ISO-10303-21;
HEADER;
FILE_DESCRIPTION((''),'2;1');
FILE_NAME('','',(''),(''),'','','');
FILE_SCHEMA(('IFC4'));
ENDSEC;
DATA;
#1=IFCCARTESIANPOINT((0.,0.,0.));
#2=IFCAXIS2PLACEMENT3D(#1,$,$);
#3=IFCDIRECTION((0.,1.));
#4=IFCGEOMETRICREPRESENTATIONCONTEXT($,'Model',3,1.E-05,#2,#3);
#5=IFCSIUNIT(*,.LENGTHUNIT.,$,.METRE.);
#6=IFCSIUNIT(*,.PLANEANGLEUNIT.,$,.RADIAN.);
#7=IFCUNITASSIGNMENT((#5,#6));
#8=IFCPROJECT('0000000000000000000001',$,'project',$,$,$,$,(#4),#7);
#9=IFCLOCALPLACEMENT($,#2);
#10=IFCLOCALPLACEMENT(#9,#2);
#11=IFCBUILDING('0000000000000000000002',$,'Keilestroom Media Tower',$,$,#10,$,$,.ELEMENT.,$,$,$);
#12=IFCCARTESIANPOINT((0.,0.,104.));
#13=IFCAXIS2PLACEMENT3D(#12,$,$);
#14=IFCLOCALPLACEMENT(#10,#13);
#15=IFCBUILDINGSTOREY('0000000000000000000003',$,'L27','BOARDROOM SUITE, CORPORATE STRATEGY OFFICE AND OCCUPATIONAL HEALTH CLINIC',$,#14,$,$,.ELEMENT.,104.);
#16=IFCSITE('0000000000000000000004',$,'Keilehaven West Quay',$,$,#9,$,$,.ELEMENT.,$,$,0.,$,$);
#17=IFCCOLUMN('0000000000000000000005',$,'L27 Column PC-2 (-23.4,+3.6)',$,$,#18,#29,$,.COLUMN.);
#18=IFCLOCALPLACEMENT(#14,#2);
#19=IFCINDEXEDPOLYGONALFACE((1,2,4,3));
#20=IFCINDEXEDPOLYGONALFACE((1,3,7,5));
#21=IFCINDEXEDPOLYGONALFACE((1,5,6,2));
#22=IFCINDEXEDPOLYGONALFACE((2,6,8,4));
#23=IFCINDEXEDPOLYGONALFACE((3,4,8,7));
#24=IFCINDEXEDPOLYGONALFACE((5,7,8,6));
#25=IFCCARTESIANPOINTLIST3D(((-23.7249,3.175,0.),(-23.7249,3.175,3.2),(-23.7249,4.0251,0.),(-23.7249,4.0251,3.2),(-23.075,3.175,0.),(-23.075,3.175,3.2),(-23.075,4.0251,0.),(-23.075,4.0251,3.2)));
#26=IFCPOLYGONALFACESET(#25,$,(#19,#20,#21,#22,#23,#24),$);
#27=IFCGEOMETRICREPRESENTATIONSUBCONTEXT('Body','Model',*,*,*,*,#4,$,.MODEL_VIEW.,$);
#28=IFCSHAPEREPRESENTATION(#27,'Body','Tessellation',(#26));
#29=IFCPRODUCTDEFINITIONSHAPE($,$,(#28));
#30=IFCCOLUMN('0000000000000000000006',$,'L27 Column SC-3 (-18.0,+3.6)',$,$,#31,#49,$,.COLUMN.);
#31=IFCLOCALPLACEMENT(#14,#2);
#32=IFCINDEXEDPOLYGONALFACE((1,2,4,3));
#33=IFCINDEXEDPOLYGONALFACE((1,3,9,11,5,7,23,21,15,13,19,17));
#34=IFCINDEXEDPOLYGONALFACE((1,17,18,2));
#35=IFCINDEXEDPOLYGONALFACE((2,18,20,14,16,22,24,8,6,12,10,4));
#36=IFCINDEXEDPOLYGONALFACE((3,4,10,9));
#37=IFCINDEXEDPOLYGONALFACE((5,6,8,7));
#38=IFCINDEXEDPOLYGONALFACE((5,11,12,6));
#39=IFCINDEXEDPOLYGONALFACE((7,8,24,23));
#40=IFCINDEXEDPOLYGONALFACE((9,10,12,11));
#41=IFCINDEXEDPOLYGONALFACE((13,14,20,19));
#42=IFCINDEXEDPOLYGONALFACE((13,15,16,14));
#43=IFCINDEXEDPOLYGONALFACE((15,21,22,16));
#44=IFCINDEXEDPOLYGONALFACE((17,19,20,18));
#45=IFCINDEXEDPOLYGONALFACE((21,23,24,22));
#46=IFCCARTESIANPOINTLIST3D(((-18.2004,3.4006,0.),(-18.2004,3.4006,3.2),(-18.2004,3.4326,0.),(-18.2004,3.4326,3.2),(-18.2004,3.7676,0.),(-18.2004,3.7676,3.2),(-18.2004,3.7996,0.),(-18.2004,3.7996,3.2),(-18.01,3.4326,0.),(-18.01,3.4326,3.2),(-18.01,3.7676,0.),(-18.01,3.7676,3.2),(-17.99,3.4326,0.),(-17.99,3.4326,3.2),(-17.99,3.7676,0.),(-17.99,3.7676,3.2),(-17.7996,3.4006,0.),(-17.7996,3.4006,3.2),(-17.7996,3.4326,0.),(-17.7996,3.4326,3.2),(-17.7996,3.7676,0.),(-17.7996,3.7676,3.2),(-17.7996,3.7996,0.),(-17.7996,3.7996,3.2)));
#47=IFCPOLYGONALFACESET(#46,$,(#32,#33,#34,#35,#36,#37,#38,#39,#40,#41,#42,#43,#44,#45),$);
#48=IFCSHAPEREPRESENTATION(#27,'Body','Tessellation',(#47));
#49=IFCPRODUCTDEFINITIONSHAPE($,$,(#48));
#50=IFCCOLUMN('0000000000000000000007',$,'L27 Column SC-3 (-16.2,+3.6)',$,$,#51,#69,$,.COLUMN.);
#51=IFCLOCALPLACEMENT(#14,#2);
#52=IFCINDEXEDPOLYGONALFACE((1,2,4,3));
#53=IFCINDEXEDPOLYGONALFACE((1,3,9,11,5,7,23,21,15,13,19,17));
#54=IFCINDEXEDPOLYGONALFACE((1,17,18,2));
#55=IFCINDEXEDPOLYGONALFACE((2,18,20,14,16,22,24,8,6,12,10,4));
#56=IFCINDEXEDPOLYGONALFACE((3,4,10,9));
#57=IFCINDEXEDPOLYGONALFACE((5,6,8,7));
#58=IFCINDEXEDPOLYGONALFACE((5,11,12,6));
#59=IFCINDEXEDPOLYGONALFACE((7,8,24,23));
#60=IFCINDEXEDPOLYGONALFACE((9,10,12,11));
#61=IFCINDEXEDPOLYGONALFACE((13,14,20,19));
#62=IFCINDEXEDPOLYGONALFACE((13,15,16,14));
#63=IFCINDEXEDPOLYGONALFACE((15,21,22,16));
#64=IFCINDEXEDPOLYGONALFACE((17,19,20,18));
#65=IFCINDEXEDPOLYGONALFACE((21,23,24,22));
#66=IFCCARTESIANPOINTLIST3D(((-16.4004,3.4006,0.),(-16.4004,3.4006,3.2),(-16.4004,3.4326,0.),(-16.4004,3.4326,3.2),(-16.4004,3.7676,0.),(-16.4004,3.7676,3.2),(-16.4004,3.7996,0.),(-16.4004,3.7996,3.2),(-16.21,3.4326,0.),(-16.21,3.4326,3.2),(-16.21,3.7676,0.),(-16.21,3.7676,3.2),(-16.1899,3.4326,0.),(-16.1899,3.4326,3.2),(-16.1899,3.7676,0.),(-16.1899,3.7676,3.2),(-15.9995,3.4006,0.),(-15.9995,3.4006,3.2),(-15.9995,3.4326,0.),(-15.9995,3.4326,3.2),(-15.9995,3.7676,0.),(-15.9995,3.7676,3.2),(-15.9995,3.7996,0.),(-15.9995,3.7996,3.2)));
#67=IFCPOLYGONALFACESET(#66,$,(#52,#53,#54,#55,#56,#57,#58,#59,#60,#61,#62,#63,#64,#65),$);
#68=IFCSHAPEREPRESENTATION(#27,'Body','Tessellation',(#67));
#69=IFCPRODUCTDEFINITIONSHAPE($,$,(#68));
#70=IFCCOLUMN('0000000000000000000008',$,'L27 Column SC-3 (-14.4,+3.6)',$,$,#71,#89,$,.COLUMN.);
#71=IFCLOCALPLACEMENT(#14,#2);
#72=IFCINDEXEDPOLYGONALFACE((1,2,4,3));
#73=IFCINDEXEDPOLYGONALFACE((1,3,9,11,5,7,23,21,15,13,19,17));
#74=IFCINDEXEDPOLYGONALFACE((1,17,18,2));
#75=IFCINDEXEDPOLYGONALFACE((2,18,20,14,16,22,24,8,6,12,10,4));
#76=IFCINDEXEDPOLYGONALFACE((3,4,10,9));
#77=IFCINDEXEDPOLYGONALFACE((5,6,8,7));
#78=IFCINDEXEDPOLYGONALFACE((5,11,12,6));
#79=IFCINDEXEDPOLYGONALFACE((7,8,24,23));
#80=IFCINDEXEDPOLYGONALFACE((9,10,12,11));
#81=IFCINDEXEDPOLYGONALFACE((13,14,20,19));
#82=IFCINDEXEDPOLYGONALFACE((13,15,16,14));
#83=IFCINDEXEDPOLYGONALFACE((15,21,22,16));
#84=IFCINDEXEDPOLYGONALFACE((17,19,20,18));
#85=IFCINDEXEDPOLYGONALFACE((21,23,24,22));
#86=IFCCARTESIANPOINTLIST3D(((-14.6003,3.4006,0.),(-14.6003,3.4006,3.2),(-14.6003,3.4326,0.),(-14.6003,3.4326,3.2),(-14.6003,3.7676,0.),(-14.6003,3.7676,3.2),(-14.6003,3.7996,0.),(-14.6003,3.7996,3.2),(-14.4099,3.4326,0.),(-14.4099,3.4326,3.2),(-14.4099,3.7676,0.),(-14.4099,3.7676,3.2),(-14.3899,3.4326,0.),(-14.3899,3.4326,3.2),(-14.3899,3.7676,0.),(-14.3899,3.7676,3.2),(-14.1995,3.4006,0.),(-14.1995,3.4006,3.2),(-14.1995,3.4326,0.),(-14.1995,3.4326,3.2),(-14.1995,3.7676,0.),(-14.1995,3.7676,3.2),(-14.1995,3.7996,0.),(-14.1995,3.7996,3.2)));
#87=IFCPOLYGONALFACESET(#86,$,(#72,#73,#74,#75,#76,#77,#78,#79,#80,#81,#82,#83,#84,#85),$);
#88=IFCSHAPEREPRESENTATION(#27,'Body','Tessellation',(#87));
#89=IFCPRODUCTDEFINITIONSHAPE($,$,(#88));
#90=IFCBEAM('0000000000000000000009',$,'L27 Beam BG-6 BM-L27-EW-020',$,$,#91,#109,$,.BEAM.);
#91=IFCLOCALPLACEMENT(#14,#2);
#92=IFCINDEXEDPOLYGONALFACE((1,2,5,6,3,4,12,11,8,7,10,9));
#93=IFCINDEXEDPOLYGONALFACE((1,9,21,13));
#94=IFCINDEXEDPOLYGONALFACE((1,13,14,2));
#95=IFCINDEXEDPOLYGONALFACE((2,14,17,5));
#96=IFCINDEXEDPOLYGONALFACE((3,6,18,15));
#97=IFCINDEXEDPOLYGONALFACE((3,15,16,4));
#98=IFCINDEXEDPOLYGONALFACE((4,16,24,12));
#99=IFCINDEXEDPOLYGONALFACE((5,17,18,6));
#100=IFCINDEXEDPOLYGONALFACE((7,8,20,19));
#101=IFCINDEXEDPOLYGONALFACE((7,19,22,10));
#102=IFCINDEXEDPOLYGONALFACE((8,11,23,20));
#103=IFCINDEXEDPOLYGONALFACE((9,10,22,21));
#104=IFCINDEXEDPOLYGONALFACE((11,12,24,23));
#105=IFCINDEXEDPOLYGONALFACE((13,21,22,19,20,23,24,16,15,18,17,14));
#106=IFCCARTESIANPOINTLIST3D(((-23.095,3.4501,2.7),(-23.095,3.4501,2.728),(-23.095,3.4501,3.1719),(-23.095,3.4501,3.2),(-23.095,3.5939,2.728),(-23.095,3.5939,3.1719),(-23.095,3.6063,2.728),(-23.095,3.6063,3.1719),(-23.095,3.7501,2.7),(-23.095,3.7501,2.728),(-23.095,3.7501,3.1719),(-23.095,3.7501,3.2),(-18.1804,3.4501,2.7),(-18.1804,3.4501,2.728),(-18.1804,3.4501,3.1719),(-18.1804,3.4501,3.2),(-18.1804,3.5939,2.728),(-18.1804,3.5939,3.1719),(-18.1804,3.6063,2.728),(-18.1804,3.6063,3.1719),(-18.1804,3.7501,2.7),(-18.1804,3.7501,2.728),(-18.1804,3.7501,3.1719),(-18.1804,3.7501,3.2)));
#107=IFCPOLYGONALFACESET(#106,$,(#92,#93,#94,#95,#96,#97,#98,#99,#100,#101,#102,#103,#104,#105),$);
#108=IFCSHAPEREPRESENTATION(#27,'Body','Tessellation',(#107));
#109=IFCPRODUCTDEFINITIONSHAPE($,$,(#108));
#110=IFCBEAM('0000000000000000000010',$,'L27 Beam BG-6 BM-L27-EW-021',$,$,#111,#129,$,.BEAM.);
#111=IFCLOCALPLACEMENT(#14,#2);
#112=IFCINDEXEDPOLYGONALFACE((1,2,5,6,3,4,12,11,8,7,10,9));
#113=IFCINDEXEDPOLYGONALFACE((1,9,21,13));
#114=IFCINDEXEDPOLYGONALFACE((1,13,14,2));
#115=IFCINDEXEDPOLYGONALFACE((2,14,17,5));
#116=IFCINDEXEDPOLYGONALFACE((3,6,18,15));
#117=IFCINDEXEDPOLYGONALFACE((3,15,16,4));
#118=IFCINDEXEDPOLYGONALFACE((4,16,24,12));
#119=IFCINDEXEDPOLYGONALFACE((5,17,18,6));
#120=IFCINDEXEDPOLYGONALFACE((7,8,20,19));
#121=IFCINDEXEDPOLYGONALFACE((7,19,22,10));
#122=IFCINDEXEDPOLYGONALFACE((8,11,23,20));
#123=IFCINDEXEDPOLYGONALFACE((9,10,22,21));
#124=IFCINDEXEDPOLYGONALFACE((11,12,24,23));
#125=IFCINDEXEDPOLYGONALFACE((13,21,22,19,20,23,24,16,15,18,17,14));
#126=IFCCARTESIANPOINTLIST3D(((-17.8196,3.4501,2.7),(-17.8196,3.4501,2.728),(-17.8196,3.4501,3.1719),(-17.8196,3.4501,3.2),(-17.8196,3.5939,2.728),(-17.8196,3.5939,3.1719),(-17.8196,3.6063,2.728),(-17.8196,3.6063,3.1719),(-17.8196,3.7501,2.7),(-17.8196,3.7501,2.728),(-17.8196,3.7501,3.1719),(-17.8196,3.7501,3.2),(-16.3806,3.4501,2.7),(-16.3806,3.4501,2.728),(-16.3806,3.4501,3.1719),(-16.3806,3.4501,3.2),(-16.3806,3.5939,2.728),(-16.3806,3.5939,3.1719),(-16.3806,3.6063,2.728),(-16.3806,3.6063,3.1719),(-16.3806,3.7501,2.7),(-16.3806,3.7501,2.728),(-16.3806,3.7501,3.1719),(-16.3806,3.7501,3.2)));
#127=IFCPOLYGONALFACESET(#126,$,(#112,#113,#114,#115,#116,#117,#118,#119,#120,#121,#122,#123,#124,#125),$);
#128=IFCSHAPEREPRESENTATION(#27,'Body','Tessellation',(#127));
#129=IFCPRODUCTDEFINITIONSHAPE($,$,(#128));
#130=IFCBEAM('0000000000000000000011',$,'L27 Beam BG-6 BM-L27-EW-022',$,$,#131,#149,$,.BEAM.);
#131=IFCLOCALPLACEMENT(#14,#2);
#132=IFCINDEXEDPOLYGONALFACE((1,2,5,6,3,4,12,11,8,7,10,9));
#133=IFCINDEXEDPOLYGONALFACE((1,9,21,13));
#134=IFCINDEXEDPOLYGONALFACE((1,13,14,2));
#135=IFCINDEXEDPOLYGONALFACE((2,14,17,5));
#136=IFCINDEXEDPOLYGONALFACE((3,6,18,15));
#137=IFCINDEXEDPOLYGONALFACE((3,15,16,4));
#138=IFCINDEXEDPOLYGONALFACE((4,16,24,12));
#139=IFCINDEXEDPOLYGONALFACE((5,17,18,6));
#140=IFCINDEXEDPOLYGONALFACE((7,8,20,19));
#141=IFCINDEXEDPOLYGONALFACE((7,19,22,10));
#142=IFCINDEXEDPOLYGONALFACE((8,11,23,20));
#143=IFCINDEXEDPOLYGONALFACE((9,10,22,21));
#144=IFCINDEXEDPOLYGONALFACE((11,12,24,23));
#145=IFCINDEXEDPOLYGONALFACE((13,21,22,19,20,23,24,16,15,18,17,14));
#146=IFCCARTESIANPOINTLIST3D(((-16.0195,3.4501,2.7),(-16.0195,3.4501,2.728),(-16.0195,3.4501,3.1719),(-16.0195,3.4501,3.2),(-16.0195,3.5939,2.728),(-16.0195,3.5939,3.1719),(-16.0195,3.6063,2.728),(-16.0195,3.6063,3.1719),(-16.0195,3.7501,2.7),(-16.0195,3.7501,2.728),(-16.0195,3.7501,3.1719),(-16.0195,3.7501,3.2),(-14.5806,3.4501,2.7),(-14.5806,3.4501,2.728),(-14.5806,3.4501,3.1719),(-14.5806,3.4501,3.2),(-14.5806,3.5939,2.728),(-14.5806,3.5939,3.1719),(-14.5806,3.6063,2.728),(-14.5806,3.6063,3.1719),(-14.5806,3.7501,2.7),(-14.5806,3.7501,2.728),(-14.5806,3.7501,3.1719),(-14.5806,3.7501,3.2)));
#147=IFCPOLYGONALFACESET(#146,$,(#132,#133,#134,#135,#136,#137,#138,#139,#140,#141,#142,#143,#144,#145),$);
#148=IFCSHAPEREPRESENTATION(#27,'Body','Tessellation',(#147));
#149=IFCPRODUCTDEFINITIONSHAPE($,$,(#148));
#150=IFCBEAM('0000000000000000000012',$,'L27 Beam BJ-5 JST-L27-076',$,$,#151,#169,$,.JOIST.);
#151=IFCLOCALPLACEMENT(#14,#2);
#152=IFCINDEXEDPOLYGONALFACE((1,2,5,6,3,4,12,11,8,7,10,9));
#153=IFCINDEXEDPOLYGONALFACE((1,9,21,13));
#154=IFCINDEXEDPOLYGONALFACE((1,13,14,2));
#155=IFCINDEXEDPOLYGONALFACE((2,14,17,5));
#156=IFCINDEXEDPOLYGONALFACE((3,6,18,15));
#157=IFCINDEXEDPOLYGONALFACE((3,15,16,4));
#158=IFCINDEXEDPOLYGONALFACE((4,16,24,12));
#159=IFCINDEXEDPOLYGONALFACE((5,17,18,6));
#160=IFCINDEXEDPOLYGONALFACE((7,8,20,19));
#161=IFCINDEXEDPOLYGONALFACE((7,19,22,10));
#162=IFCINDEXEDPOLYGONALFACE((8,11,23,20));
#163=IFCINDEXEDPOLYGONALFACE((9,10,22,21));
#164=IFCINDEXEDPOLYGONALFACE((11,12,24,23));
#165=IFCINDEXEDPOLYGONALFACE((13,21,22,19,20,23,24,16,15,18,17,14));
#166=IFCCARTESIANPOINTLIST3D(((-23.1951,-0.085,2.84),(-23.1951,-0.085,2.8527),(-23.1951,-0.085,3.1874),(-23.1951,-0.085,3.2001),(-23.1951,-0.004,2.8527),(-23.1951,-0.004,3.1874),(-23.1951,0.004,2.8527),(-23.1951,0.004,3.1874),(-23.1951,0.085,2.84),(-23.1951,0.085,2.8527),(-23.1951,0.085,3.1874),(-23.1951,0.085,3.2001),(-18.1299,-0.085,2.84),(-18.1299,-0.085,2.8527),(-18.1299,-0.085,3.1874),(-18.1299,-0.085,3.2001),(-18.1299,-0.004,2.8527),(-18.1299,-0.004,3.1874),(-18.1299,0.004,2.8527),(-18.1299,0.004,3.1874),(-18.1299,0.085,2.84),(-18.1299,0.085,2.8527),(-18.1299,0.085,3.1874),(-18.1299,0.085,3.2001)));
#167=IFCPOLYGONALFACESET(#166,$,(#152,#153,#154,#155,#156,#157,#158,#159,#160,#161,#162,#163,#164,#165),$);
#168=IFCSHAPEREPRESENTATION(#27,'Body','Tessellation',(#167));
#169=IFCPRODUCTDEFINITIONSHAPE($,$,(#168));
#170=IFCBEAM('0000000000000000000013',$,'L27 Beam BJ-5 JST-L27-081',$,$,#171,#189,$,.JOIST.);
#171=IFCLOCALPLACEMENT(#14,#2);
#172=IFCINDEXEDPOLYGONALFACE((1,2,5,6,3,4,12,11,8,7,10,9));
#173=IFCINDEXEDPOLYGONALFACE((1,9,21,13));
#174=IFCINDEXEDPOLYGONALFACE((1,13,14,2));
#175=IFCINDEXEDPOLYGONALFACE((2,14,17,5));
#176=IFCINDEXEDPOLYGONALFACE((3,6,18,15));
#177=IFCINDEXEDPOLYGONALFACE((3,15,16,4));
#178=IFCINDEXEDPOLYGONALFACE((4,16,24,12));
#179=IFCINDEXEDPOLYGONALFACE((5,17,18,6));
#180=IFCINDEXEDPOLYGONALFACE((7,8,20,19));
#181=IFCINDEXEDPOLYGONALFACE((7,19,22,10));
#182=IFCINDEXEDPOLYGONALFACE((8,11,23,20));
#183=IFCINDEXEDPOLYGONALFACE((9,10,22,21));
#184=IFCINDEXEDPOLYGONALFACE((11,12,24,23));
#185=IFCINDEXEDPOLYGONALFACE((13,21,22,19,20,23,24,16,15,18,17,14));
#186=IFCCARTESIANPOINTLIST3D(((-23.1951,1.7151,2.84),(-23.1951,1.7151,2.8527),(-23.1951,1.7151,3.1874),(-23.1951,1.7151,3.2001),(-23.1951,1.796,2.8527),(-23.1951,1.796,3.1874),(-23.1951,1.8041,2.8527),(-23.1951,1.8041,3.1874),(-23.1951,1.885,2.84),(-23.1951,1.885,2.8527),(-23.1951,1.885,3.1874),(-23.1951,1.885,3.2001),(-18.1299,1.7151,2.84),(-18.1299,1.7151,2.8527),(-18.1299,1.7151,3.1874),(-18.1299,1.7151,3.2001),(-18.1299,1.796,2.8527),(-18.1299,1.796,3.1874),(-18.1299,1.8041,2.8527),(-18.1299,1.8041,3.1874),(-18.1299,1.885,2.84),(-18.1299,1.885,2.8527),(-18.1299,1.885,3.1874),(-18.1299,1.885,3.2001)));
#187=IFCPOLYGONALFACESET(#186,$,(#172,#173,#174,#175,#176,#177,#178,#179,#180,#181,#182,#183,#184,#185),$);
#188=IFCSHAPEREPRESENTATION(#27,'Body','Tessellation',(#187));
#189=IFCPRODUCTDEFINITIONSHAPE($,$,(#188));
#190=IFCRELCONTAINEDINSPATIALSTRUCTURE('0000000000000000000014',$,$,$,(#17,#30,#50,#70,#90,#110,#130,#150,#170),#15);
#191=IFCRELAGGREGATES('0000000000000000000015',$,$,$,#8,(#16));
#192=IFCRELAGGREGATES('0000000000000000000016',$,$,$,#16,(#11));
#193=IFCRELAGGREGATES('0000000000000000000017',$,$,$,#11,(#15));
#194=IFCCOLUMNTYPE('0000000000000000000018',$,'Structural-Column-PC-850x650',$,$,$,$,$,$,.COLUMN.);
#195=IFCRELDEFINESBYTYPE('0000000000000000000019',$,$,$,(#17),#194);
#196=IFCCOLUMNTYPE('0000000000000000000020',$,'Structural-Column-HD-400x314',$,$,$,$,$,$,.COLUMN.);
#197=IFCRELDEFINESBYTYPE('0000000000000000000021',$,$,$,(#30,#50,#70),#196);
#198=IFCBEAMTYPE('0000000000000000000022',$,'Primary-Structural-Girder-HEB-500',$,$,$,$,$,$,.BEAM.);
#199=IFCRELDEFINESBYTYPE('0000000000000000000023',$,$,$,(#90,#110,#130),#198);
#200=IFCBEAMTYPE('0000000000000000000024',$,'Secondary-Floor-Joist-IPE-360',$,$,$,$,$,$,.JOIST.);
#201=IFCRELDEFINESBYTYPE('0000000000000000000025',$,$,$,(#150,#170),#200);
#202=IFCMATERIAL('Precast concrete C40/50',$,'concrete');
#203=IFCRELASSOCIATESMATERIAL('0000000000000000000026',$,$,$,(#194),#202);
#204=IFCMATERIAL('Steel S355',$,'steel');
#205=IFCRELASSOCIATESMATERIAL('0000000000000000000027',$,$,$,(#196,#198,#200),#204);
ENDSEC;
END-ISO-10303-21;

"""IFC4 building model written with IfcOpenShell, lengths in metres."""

from ifc_helpers import new_model, si_unit, direction, frame, origin, origin_2d, place, context, subcontext, project, spatial, rectangle, i_section, extrude, source, transform, mapped, material, material_profile, profile_set, type_object, element, save


model = new_model("IFC4")

# Units and contexts
model_context = context("Model", 3, precision=1e-05, world=origin(), true_north=direction((0.0, 1.0)))
body_context = subcontext(model_context, "Body", "Model", "MODEL_VIEW")
ifc_project = project(units=[si_unit("LENGTHUNIT", "METRE"), si_unit("PLANEANGLEUNIT", "RADIAN")], contexts=[model_context])

# Site, building, storey
site_placement = place(None, origin())
site = spatial("IfcSite", under=ifc_project, at=site_placement, Name="Keilehaven West Quay", CompositionType="ELEMENT", RefElevation=0.0)
building_placement = place(site_placement, origin())
building = spatial("IfcBuilding", under=site, at=building_placement, Name="Keilestroom Media Tower", CompositionType="ELEMENT")
storey_placement = place(building_placement, frame((0.0, 0.0, 104.0)))
storey = spatial("IfcBuildingStorey", under=building, at=storey_placement, Name="L27", Description="BOARDROOM SUITE, CORPORATE STRATEGY OFFICE AND OCCUPATIONAL HEALTH CLINIC", CompositionType="ELEMENT", Elevation=104.0)

# Columns
ifc_material_1 = material(Name="Precast concrete C40/50", Category="concrete")
ifc_material_profile_1 = material_profile(ifc_material_1, rectangle(XDim=0.6499, YDim=0.8501, at=origin_2d()), Name="PC 850x650")
ifc_profile_set_1 = profile_set([ifc_material_profile_1], Name="Precast concrete C40/50")
column_type_1 = type_object("IfcColumnType", Name="Structural-Column-PC-850x650", PredefinedType="COLUMN", material=ifc_profile_set_1)
shared_shape_1 = source(origin(), body_context, "Body", "SweptSolid", [
    extrude(rectangle(XDim=0.6499, YDim=0.8501, at=origin_2d()), origin(), (0.0, 0.0, 1.0), 3.2),
])
column_placement = place(storey_placement, frame((-23.3999, 3.6001, 0.0), z_axis=(0.0, 0.0, 1.0), x_axis=(1.0, 0.0, 0.0)))
element("IfcColumn", 1, at=column_placement, inside=storey, type_object=column_type_1, Name="L27 Column PC-2 (-23.4,+3.6)", PredefinedType="COLUMN", context=body_context, shape_type="MappedRepresentation", body=[
    mapped(shared_shape_1, transform((0.0, 0.0, 0.0), x_axis=(1.0, 0.0, 0.0), y_axis=(0.0, 1.0, 0.0), z_axis=(0.0, 0.0, 1.0), scale=1.0)),
])
ifc_material_2 = material(Name="Steel S355", Category="steel")
ifc_material_profile_2 = material_profile(ifc_material_2, i_section(OverallWidth=0.4009, OverallDepth=0.3989, WebThickness=0.02, FlangeThickness=0.032, at=origin_2d()), Name="HD 400x314")
ifc_profile_set_2 = profile_set([ifc_material_profile_2], Name="Steel S355")
column_type_2 = type_object("IfcColumnType", Name="Structural-Column-HD-400x314", PredefinedType="COLUMN", material=ifc_profile_set_2)
shared_shape_2 = source(origin(), body_context, "Body", "SweptSolid", [
    extrude(i_section(OverallWidth=0.4009, OverallDepth=0.3989, WebThickness=0.02, FlangeThickness=0.032, at=origin_2d()), origin(), (0.0, 0.0, 1.0), 3.2),
])
for number, where, z_axis, x_axis, name in (
    (2, (-18.0, 3.6001, 0.0), (0.0, 0.0, 1.0), (1.0, 0.0, 0.0), "L27 Column SC-3 (-18.0,+3.6)"),
    (3, (-16.2, 3.6001, 0.0), (0.0, 0.0, 1.0), (1.0, 0.0, 0.0), "L27 Column SC-3 (-16.2,+3.6)"),
    (4, (-14.3999, 3.6001, 0.0), (0.0, 0.0, 1.0), (1.0, 0.0, 0.0), "L27 Column SC-3 (-14.4,+3.6)"),
):
    element("IfcColumn", number, at=place(storey_placement, frame(where, z_axis=z_axis, x_axis=x_axis)), inside=storey, type_object=column_type_2, Name=name, PredefinedType="COLUMN", context=body_context, shape_type="MappedRepresentation", body=[
        mapped(shared_shape_2, transform((0.0, 0.0, 0.0), x_axis=(1.0, 0.0, 0.0), y_axis=(0.0, 1.0, 0.0), z_axis=(0.0, 0.0, 1.0), scale=1.0)),
    ])

# Beams
ifc_material_profile_3 = material_profile(ifc_material_2, i_section(OverallWidth=0.3, OverallDepth=0.5, WebThickness=0.0125, FlangeThickness=0.0281, at=origin_2d()), Name="HEB 500")
ifc_profile_set_3 = profile_set([ifc_material_profile_3], Name="Steel S355")
beam_type_1 = type_object("IfcBeamType", Name="Primary-Structural-Girder-HEB-500", PredefinedType="BEAM", material=ifc_profile_set_3)
shared_shape_3 = source(origin(), body_context, "Body", "SweptSolid", [
    extrude(i_section(OverallWidth=0.3, OverallDepth=0.5, WebThickness=0.0125, FlangeThickness=0.0281, at=origin_2d()), origin(), (0.0, 0.0, 1.0), 4.9146),
])
beam_1_placement = place(storey_placement, frame((-23.095, 3.6001, 2.95), z_axis=(1.0, 0.0, 0.0), x_axis=(0.0, 1.0, 0.0)))
element("IfcBeam", 5, at=beam_1_placement, inside=storey, type_object=beam_type_1, Name="L27 Beam BG-6 BM-L27-EW-020", PredefinedType="BEAM", context=body_context, shape_type="MappedRepresentation", body=[
    mapped(shared_shape_3, transform((0.0, 0.0, 0.0), x_axis=(1.0, 0.0, 0.0), y_axis=(0.0, 1.0, 0.0), z_axis=(0.0, 0.0, 1.0), scale=1.0)),
])
shared_shape_4 = source(origin(), body_context, "Body", "SweptSolid", [
    extrude(i_section(OverallWidth=0.3, OverallDepth=0.5, WebThickness=0.0125, FlangeThickness=0.0281, at=origin_2d()), origin(), (0.0, 0.0, 1.0), 1.439),
])
for number, where, z_axis, x_axis, name in (
    (6, (-17.8196, 3.6001, 2.95), (1.0, 0.0, 0.0), (0.0, 1.0, 0.0), "L27 Beam BG-6 BM-L27-EW-021"),
    (7, (-16.0195, 3.6001, 2.95), (1.0, 0.0, 0.0), (0.0, 1.0, 0.0), "L27 Beam BG-6 BM-L27-EW-022"),
):
    element("IfcBeam", number, at=place(storey_placement, frame(where, z_axis=z_axis, x_axis=x_axis)), inside=storey, type_object=beam_type_1, Name=name, PredefinedType="BEAM", context=body_context, shape_type="MappedRepresentation", body=[
        mapped(shared_shape_4, transform((0.0, 0.0, 0.0), x_axis=(1.0, 0.0, 0.0), y_axis=(0.0, 1.0, 0.0), z_axis=(0.0, 0.0, 1.0), scale=1.0)),
    ])
ifc_material_profile_4 = material_profile(ifc_material_2, i_section(OverallWidth=0.1699, OverallDepth=0.3601, WebThickness=0.0081, FlangeThickness=0.0127, at=origin_2d()), Name="IPE 360")
ifc_profile_set_4 = profile_set([ifc_material_profile_4], Name="Steel S355")
beam_type_2 = type_object("IfcBeamType", Name="Secondary-Floor-Joist-IPE-360", PredefinedType="JOIST", material=ifc_profile_set_4)
shared_shape_5 = source(origin(), body_context, "Body", "SweptSolid", [
    extrude(i_section(OverallWidth=0.1699, OverallDepth=0.3601, WebThickness=0.0081, FlangeThickness=0.0127, at=origin_2d()), origin(), (0.0, 0.0, 1.0), 5.0652),
])
for number, where, z_axis, x_axis, name in (
    (8, (-23.1951, 0.0, 3.02), (1.0, 0.0, 0.0), (0.0, 1.0, 0.0), "L27 Beam BJ-5 JST-L27-076"),
    (9, (-23.1951, 1.8, 3.02), (1.0, 0.0, 0.0), (0.0, 1.0, 0.0), "L27 Beam BJ-5 JST-L27-081"),
):
    element("IfcBeam", number, at=place(storey_placement, frame(where, z_axis=z_axis, x_axis=x_axis)), inside=storey, type_object=beam_type_2, Name=name, PredefinedType="JOIST", context=body_context, shape_type="MappedRepresentation", body=[
        mapped(shared_shape_5, transform((0.0, 0.0, 0.0), x_axis=(1.0, 0.0, 0.0), y_axis=(0.0, 1.0, 0.0), z_axis=(0.0, 0.0, 1.0), scale=1.0)),
    ])

save(model, "model.ifc")
